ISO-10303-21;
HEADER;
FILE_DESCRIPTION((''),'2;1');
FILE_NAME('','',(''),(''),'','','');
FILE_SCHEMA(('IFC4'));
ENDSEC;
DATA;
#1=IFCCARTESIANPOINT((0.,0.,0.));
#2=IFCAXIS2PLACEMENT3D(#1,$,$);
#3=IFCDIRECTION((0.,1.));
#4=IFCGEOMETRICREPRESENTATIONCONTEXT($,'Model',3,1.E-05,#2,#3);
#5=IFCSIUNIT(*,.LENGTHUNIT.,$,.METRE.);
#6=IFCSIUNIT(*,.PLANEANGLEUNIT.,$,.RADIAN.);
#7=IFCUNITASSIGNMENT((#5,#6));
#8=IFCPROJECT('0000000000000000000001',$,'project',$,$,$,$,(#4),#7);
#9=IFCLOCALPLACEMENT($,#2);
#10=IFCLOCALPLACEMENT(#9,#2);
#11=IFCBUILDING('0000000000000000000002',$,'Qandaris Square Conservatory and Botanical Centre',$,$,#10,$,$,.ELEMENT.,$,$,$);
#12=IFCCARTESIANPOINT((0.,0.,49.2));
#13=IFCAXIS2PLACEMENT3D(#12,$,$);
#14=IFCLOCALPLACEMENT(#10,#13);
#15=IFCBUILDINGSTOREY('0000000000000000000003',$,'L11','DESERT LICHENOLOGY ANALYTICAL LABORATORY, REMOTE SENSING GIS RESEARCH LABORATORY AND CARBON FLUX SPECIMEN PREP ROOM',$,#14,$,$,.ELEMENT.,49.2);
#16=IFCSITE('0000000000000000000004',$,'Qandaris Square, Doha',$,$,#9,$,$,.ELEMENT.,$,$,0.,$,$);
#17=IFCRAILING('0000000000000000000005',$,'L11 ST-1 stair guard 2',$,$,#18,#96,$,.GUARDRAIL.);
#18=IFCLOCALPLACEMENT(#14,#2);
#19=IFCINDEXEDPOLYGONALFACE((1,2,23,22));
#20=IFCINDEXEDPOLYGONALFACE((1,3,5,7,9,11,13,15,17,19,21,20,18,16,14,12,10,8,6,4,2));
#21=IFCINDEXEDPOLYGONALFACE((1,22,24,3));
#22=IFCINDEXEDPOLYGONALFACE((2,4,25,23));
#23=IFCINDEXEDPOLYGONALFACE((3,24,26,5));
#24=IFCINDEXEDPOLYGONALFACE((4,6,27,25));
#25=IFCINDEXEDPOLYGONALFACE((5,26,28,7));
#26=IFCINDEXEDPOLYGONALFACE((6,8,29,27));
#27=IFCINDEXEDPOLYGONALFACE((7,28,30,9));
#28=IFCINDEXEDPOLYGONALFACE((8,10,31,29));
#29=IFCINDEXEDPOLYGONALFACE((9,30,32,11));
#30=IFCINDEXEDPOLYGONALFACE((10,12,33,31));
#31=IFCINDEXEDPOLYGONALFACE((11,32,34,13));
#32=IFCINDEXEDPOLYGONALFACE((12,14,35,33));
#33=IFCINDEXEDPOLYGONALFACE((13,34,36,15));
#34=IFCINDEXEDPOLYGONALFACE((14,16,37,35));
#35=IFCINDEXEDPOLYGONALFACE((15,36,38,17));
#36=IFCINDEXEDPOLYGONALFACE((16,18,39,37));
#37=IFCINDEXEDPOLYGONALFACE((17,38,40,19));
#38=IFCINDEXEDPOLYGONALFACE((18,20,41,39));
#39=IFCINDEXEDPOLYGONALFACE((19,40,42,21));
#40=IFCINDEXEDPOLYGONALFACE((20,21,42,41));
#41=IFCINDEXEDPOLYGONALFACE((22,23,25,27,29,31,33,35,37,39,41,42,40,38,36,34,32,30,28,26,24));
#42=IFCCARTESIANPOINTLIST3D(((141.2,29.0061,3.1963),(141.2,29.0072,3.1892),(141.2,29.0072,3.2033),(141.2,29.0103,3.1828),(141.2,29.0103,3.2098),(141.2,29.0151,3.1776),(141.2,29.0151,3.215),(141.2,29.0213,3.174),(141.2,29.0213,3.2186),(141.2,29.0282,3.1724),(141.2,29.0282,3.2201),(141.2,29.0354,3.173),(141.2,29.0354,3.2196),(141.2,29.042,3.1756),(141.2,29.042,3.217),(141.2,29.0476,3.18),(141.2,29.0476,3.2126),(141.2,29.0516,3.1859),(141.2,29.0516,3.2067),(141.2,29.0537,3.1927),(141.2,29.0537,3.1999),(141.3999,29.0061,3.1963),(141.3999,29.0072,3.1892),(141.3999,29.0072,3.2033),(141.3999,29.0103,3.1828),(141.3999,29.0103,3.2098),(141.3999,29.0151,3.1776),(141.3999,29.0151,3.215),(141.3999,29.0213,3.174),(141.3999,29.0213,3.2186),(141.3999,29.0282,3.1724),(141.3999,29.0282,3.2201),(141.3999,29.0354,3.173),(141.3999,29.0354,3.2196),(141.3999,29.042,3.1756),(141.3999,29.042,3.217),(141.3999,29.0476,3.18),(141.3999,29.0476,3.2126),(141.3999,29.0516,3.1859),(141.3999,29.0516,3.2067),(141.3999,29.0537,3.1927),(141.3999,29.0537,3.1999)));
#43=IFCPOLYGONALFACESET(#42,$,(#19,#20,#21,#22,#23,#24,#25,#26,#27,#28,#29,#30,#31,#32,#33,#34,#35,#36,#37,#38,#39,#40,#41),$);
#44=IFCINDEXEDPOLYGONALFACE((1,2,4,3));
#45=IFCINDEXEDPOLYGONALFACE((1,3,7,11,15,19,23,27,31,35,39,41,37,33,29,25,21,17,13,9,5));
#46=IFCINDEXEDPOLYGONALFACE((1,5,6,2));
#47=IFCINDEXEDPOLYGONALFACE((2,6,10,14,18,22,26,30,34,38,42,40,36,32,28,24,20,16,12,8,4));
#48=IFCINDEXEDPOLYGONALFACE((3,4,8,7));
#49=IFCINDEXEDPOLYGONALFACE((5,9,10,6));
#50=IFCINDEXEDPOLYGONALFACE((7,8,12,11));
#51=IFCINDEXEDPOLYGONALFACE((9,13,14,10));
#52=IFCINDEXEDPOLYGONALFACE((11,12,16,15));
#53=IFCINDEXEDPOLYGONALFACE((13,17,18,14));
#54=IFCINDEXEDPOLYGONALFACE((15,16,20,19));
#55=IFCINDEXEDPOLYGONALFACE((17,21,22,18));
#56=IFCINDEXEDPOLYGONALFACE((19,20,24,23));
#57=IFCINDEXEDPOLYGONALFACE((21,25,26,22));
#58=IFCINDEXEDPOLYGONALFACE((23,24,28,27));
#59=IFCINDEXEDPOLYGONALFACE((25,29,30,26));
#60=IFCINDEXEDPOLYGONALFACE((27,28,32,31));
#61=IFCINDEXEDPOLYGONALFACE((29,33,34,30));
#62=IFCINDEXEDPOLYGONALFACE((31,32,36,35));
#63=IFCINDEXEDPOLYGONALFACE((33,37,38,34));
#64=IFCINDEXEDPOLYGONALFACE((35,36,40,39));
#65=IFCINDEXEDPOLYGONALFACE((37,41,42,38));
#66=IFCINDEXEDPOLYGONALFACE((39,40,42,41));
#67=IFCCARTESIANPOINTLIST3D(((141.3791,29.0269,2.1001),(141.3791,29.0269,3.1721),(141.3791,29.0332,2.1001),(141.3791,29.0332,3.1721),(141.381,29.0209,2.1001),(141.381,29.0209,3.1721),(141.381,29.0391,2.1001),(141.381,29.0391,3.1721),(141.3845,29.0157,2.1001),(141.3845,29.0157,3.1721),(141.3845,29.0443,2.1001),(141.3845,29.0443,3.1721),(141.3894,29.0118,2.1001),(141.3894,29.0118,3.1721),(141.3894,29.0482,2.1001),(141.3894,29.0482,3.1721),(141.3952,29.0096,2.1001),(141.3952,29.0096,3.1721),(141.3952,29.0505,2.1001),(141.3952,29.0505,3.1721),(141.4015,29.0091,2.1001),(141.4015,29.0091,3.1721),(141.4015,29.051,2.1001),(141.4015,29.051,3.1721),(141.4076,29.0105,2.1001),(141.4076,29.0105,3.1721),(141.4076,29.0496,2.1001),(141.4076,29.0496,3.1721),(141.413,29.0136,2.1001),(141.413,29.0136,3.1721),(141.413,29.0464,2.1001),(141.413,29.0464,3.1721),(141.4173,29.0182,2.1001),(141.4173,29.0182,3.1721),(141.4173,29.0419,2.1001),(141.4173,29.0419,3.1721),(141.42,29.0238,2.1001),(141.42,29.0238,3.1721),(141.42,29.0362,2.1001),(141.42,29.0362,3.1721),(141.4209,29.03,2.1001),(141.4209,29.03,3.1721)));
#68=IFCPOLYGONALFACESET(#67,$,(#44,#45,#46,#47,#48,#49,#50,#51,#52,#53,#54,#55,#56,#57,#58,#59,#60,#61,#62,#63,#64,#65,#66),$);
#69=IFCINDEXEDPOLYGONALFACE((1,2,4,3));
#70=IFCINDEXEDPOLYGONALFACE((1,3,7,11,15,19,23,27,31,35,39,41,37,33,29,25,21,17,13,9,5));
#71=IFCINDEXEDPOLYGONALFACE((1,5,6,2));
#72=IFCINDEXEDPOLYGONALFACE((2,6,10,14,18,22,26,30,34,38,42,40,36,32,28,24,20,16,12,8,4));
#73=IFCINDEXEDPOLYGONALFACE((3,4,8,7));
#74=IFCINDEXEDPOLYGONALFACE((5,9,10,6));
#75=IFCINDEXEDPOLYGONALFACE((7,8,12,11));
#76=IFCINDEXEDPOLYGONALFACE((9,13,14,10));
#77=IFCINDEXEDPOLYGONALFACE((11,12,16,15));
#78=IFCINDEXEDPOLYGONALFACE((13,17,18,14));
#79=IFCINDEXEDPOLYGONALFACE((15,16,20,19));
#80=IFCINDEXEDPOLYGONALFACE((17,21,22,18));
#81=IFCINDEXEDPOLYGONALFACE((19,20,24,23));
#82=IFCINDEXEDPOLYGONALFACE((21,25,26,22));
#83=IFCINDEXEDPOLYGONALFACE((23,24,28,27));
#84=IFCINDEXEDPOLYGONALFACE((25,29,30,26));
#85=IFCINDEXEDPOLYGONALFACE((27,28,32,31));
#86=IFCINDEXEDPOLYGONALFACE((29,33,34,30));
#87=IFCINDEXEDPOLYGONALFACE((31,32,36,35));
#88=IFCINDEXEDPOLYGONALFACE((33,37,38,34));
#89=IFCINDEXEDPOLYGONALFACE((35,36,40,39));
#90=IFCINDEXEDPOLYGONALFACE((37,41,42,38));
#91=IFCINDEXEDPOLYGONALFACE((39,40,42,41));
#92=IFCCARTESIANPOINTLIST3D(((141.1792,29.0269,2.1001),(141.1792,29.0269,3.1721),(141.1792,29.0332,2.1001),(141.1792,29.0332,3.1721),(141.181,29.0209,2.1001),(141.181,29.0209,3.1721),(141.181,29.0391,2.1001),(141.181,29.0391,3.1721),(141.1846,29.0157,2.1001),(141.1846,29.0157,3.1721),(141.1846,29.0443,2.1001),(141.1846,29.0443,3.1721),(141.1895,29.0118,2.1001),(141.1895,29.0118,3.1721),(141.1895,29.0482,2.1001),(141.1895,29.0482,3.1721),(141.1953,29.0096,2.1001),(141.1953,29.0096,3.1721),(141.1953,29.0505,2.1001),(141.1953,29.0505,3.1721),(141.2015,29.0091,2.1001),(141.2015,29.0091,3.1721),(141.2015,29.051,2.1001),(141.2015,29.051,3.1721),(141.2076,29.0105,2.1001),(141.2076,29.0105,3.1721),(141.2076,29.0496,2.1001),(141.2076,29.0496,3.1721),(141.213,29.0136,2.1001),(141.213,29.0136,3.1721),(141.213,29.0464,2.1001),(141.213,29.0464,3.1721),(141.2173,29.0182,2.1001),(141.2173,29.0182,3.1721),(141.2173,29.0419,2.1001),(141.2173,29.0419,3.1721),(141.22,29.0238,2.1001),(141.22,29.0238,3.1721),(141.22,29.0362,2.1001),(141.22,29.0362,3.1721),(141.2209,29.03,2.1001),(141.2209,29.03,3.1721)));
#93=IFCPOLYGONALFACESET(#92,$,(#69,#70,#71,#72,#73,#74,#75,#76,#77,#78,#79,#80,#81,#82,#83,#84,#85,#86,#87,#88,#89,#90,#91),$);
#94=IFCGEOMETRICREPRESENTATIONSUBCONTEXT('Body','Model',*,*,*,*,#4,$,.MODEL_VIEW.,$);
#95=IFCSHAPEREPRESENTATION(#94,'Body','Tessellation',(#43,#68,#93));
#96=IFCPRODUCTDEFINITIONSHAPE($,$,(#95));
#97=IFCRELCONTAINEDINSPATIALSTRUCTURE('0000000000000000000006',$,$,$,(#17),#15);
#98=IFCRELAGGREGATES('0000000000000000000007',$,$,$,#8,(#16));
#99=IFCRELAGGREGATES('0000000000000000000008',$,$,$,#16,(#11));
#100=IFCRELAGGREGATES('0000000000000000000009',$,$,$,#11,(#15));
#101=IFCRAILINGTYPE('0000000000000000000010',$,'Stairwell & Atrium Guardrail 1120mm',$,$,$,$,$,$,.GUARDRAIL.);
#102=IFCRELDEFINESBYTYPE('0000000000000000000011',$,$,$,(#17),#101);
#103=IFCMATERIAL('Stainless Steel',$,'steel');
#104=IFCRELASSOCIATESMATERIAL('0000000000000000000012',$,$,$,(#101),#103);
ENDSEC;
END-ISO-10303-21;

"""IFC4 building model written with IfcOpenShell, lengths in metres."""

from ifc_helpers import new_model, si_unit, direction, frame, origin, origin_2d, place, context, subcontext, project, spatial, circle, extrude, material, type_object, element, save


model = new_model("IFC4")

# Units and contexts
model_context = context("Model", 3, precision=1e-05, world=origin(), true_north=direction((0.0, 1.0)))
body_context = subcontext(model_context, "Body", "Model", "MODEL_VIEW")
ifc_project = project(units=[si_unit("LENGTHUNIT", "METRE"), si_unit("PLANEANGLEUNIT", "RADIAN")], contexts=[model_context])

# Site, building, storey
site_placement = place(None, origin())
site = spatial("IfcSite", under=ifc_project, at=site_placement, Name="Qandaris Square, Doha", CompositionType="ELEMENT", RefElevation=0.0)
building_placement = place(site_placement, origin())
building = spatial("IfcBuilding", under=site, at=building_placement, Name="Qandaris Square Conservatory and Botanical Centre", CompositionType="ELEMENT")
storey_placement = place(building_placement, frame((0.0, 0.0, 49.2)))
storey = spatial("IfcBuildingStorey", under=building, at=storey_placement, Name="L11", Description="DESERT LICHENOLOGY ANALYTICAL LABORATORY, REMOTE SENSING GIS RESEARCH LABORATORY AND CARBON FLUX SPECIMEN PREP ROOM", CompositionType="ELEMENT", Elevation=49.2)

# Railing
ifc_material_1 = material(Name="Stainless Steel", Category="steel")
railing_type_1 = type_object("IfcRailingType", Name="Stairwell & Atrium Guardrail 1120mm", PredefinedType="GUARDRAIL", material=ifc_material_1)
railing_1_placement = place(storey_placement, frame((141.3999, 29.03, 2.1001)))
element("IfcRailing", 1, at=railing_1_placement, inside=storey, type_object=railing_type_1, Name="L11 ST-1 stair guard 2", PredefinedType="GUARDRAIL", context=body_context, shape_type="SweptSolid", body=[
    extrude(circle(Radius=0.0239, at=origin_2d()), frame((0.0, 0.0, 1.0962), z_axis=(-1.0, 0.0, 0.0), x_axis=(0.0, -1.0, 0.0)), (0.0, 0.0, 1.0), 0.2),
    extrude(circle(Radius=0.021, at=origin_2d()), origin(), (0.0, 0.0, 1.0), 1.072),
    extrude(circle(Radius=0.021, at=origin_2d()), frame((-0.2, 0.0, 0.0)), (0.0, 0.0, 1.0), 1.072),
])

save(model, "model.ifc")
